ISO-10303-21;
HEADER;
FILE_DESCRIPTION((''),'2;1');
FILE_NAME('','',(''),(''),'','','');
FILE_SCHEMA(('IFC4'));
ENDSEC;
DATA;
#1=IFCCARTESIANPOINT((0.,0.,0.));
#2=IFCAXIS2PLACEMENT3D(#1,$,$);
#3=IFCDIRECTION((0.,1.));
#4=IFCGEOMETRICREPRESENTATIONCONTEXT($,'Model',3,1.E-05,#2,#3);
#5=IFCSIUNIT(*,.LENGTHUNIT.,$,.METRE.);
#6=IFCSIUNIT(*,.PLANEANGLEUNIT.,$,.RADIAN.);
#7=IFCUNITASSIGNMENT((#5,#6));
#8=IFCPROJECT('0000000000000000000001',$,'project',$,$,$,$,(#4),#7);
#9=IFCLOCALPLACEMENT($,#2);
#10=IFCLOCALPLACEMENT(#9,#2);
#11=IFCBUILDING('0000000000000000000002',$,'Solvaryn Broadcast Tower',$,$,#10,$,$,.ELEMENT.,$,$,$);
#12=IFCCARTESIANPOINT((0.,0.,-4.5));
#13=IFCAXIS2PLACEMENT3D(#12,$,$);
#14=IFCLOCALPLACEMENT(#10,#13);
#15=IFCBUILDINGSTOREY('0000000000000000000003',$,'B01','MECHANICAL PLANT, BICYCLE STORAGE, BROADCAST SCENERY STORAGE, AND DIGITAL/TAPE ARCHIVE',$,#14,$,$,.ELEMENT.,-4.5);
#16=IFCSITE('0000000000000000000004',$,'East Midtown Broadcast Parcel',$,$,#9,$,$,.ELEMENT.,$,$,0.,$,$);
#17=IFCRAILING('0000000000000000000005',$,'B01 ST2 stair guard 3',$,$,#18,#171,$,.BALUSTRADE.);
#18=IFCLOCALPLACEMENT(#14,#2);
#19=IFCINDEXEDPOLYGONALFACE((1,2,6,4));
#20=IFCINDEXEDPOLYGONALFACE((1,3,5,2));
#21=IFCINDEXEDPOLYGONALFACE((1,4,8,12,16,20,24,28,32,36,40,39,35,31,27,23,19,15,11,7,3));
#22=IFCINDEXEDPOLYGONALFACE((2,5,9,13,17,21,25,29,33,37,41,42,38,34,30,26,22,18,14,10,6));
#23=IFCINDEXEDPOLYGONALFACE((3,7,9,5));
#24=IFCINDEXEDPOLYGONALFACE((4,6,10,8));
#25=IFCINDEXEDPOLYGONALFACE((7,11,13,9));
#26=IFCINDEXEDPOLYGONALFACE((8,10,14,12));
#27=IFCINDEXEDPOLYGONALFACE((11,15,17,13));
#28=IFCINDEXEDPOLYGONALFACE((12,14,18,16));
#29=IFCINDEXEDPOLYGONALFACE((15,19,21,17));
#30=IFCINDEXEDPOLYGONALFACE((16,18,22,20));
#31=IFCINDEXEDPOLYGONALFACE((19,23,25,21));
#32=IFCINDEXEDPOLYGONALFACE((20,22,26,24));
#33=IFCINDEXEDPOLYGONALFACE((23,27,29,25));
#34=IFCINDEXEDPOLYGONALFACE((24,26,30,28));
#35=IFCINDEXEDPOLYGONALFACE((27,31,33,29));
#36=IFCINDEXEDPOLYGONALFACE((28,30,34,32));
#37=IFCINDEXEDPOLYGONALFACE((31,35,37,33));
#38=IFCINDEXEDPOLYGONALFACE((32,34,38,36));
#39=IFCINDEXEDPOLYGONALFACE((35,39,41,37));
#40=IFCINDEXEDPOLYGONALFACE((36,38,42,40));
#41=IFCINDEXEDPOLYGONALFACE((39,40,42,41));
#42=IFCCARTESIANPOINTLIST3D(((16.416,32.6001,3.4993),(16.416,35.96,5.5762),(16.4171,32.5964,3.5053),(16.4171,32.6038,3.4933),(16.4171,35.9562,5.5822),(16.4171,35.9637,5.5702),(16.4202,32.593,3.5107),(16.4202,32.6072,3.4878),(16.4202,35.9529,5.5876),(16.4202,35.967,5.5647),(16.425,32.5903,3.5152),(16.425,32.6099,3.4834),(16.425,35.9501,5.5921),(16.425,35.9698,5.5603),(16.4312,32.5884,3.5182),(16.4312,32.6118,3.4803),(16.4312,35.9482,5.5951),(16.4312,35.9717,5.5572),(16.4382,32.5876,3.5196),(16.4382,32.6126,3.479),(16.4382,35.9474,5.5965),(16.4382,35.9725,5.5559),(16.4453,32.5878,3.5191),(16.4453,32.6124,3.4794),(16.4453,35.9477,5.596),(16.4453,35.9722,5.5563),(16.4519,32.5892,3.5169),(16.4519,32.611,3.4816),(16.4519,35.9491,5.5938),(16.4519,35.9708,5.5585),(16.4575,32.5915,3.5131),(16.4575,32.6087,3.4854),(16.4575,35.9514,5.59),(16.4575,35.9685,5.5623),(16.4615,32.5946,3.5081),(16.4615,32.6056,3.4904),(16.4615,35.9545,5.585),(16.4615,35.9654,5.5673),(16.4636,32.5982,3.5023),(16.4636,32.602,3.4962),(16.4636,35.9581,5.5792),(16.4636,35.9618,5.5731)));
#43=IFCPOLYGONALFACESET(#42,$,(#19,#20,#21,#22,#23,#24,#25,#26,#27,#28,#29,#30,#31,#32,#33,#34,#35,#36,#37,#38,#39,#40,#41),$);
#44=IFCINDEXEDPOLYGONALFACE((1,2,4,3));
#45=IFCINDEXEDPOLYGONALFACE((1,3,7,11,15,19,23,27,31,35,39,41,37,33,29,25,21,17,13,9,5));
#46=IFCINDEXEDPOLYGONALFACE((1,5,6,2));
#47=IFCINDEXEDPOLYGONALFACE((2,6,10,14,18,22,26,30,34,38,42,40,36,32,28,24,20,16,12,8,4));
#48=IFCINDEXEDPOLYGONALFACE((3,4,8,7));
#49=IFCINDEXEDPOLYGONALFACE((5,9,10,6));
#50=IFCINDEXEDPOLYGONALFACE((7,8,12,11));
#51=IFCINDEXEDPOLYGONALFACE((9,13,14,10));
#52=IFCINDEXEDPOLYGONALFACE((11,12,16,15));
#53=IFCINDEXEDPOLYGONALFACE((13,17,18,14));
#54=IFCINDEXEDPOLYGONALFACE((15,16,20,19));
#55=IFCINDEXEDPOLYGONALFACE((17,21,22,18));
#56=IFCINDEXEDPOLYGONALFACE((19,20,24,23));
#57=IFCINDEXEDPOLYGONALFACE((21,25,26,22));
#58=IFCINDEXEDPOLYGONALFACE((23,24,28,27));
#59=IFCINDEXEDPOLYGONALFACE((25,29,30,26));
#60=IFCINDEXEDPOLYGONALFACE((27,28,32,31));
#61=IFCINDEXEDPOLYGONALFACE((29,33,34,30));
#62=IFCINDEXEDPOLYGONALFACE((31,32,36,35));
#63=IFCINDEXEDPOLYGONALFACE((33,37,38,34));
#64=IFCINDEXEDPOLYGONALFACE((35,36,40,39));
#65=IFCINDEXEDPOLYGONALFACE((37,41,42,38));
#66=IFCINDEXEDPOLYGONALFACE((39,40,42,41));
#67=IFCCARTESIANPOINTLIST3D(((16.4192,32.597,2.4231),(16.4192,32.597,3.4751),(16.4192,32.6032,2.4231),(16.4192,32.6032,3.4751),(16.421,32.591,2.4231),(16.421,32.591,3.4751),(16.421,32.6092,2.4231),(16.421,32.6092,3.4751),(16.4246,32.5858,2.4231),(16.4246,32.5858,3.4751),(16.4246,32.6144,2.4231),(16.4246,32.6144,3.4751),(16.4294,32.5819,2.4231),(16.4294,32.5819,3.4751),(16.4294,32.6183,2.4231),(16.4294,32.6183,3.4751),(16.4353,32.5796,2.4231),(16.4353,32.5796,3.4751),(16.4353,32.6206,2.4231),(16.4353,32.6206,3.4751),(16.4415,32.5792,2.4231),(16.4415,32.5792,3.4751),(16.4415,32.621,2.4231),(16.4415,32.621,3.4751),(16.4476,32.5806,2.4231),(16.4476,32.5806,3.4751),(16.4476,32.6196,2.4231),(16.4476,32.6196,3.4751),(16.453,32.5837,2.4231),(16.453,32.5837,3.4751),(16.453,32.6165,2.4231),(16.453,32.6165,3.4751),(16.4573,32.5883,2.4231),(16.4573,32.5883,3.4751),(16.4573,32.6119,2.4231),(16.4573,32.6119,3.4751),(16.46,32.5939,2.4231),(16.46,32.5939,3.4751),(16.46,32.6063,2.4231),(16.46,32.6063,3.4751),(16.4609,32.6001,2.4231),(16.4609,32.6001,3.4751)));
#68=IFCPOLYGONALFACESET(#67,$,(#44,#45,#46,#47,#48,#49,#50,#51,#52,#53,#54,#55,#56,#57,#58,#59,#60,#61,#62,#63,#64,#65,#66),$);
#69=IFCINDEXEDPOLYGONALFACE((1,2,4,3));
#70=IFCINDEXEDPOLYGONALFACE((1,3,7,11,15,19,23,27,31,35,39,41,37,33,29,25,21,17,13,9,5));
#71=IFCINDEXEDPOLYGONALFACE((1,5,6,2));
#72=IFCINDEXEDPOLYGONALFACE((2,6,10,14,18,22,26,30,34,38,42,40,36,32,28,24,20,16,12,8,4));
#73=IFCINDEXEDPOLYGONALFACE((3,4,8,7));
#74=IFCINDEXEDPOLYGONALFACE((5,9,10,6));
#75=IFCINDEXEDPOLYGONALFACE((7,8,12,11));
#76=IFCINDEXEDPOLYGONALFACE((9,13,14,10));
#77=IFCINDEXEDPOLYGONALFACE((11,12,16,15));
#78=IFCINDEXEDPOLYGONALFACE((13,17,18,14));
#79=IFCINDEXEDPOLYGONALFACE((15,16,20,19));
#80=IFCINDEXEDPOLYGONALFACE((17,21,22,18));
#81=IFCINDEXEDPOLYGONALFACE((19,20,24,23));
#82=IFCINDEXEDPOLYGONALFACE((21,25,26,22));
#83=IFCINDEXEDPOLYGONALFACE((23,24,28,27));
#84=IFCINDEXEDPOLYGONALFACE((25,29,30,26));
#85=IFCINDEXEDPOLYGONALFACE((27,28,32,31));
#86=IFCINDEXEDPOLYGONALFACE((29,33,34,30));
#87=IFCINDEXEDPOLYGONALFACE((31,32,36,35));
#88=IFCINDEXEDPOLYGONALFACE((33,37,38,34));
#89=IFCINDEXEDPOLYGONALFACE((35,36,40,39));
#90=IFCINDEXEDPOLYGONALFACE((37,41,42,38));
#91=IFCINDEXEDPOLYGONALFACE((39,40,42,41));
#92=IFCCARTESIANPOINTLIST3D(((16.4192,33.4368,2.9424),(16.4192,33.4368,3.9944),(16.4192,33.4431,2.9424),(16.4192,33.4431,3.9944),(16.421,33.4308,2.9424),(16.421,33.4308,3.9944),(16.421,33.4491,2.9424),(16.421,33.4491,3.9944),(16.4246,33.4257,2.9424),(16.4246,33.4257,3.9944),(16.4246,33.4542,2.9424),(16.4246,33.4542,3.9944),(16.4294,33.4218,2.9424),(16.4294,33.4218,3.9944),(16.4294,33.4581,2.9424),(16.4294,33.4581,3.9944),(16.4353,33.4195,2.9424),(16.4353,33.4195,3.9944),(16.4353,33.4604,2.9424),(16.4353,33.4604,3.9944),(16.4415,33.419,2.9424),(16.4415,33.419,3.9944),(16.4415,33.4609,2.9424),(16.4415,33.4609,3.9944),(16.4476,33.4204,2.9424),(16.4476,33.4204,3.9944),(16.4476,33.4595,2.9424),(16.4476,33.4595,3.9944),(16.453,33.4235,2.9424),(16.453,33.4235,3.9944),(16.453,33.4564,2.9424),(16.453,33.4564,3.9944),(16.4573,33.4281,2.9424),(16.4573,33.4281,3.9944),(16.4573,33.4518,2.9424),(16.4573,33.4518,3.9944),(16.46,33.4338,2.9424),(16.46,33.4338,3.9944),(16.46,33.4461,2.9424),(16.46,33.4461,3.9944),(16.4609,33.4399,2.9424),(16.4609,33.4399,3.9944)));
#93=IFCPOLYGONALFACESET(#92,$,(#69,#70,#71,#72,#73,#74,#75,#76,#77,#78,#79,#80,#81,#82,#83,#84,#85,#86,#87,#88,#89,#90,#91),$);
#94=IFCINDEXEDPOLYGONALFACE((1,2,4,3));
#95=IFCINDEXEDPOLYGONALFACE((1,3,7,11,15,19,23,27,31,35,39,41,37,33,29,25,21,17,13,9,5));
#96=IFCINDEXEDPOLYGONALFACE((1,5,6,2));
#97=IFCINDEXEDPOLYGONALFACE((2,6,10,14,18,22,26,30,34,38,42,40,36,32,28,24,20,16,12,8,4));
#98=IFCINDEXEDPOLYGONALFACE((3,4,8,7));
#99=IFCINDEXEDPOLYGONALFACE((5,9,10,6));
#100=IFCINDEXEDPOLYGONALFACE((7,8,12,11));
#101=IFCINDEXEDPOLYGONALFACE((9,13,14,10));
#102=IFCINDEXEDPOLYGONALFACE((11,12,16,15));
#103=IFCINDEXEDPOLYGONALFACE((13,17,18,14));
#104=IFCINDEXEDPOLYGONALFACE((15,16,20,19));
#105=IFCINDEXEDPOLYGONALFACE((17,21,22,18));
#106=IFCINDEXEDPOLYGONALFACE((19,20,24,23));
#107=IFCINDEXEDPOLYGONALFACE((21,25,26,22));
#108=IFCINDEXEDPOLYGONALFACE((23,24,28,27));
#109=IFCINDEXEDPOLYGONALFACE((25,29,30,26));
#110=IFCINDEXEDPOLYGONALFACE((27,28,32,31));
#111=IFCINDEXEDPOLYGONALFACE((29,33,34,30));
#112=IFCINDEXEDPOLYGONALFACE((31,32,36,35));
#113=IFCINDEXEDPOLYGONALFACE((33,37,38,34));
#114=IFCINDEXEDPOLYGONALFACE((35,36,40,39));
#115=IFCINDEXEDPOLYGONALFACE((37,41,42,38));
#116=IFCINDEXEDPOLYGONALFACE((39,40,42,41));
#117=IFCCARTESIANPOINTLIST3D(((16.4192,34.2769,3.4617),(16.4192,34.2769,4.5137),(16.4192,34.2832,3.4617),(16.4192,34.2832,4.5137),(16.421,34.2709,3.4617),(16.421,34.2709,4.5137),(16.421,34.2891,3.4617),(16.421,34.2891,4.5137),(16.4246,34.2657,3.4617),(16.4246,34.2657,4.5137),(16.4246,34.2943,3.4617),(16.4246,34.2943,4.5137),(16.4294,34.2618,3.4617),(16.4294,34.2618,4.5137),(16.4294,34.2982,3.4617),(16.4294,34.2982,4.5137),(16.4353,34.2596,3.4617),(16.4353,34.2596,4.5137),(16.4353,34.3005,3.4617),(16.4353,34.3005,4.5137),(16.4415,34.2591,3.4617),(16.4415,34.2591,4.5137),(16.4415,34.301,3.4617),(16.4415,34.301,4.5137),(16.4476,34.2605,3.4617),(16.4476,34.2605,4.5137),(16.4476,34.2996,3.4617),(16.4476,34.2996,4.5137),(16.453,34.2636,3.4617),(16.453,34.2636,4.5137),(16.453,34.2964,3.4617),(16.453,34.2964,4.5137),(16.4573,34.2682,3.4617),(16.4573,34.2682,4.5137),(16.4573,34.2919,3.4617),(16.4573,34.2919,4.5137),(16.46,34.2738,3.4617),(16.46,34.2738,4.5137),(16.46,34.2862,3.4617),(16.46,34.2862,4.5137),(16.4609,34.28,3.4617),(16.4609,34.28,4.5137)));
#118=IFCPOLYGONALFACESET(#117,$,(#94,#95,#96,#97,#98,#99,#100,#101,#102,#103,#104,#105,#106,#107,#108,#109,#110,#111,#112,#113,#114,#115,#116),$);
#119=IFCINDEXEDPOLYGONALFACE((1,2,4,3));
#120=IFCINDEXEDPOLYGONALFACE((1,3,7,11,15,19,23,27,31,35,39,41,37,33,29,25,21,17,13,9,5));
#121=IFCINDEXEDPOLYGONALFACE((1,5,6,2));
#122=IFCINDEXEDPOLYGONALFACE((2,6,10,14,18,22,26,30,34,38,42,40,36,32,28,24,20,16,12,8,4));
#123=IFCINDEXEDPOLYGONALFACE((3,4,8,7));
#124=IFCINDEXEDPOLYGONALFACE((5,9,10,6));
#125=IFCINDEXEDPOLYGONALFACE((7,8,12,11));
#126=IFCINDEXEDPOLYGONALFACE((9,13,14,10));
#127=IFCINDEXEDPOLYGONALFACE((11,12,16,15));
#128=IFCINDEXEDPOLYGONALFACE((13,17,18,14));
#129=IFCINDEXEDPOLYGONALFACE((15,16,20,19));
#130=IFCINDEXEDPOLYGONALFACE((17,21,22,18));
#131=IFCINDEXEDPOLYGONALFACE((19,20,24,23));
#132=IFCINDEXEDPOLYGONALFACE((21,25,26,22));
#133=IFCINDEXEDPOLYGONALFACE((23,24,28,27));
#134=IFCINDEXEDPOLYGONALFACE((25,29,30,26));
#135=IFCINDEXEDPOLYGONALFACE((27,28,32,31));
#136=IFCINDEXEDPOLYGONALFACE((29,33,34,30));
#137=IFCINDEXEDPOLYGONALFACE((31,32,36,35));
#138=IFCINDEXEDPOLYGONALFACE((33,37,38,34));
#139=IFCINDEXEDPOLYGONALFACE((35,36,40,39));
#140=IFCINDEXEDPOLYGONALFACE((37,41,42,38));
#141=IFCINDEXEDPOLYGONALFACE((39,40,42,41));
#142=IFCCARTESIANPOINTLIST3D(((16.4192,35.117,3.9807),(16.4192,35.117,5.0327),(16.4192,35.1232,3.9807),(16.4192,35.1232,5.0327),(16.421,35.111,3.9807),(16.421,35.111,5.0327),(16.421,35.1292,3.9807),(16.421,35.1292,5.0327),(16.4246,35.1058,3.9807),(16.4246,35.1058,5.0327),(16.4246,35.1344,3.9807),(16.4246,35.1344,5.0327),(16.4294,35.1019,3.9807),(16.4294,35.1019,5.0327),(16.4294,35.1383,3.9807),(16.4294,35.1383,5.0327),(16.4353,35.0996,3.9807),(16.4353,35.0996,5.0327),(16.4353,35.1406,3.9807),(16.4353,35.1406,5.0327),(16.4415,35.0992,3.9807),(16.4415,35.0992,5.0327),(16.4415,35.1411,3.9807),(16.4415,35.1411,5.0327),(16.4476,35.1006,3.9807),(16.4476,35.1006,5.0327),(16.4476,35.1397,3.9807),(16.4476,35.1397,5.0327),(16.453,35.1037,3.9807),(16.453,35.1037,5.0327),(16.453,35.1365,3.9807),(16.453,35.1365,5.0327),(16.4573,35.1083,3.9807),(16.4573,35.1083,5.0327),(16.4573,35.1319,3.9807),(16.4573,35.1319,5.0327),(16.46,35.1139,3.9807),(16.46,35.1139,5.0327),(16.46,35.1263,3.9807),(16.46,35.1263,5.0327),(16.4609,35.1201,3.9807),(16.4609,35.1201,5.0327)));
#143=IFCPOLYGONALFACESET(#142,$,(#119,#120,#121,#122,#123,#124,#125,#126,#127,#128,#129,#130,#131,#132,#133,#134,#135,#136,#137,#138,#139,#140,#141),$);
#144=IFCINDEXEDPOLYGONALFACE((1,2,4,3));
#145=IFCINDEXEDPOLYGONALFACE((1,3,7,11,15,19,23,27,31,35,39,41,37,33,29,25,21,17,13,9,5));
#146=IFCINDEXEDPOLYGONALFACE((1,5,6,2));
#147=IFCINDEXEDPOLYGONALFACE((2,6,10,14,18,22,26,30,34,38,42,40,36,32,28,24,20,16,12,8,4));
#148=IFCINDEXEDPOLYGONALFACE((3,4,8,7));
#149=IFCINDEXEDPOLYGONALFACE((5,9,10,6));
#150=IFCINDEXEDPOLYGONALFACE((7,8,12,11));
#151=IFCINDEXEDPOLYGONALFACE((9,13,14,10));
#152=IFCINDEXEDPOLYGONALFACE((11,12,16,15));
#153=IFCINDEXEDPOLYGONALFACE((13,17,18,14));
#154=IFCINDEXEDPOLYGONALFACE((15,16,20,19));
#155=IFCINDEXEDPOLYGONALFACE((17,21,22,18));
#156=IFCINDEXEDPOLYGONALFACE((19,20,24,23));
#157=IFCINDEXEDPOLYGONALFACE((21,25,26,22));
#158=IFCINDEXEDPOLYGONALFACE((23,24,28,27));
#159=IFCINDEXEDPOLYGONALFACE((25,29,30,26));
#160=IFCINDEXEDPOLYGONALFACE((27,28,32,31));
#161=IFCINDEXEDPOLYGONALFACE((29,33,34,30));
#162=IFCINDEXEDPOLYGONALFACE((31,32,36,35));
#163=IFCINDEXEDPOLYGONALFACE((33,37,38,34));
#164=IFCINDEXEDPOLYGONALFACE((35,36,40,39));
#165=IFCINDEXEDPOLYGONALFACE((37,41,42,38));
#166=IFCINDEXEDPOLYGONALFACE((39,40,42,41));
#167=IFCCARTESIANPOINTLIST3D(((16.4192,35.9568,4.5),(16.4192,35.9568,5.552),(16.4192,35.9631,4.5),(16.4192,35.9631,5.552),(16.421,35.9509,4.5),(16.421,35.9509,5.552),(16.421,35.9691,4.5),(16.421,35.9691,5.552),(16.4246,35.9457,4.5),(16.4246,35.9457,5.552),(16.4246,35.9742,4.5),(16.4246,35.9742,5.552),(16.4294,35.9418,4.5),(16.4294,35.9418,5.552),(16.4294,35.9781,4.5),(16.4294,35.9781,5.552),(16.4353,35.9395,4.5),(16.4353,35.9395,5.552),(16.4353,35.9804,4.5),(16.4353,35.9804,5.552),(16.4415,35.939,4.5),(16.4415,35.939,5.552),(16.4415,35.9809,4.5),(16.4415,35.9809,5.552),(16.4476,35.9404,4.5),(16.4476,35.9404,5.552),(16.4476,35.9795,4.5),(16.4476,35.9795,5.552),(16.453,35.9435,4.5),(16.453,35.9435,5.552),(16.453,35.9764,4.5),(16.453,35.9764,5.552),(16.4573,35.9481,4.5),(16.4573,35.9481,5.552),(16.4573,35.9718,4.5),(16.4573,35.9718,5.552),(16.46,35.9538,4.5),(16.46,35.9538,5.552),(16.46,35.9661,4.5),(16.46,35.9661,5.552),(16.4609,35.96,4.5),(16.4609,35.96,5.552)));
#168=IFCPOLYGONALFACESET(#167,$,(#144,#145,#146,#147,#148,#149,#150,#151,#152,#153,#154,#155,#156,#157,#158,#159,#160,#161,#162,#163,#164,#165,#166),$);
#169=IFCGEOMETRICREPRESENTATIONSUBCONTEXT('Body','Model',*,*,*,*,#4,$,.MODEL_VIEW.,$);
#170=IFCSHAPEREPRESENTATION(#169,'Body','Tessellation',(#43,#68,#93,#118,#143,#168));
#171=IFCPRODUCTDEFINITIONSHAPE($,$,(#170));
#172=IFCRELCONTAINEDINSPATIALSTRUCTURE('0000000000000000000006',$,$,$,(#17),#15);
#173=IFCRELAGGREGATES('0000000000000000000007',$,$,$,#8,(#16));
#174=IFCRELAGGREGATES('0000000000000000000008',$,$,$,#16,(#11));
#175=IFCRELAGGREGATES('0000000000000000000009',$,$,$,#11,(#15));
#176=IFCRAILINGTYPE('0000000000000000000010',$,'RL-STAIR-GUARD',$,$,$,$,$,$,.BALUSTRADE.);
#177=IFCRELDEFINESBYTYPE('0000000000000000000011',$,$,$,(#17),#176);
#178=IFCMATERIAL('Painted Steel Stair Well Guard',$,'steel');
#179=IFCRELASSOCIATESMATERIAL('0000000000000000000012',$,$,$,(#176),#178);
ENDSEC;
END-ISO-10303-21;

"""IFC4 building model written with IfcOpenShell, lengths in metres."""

from ifc_helpers import new_model, si_unit, direction, frame, origin, origin_2d, place, context, subcontext, project, spatial, circle, extrude, material, type_object, element, save


model = new_model("IFC4")

# Units and contexts
model_context = context("Model", 3, precision=1e-05, world=origin(), true_north=direction((0.0, 1.0)))
body_context = subcontext(model_context, "Body", "Model", "MODEL_VIEW")
ifc_project = project(units=[si_unit("LENGTHUNIT", "METRE"), si_unit("PLANEANGLEUNIT", "RADIAN")], contexts=[model_context])

# Site, building, storey
site_placement = place(None, origin())
site = spatial("IfcSite", under=ifc_project, at=site_placement, Name="East Midtown Broadcast Parcel", CompositionType="ELEMENT", RefElevation=0.0)
building_placement = place(site_placement, origin())
building = spatial("IfcBuilding", under=site, at=building_placement, Name="Solvaryn Broadcast Tower", CompositionType="ELEMENT")
storey_placement = place(building_placement, frame((0.0, 0.0, -4.5)))
storey = spatial("IfcBuildingStorey", under=building, at=storey_placement, Name="B01", Description="MECHANICAL PLANT, BICYCLE STORAGE, BROADCAST SCENERY STORAGE, AND DIGITAL/TAPE ARCHIVE", CompositionType="ELEMENT", Elevation=-4.5)

# Railing
ifc_material_1 = material(Name="Painted Steel Stair Well Guard", Category="steel")
railing_type_1 = type_object("IfcRailingType", Name="RL-STAIR-GUARD", PredefinedType="BALUSTRADE", material=ifc_material_1)
railing_1_placement = place(storey_placement, frame((16.4399, 32.6001, 2.4231)))
element("IfcRailing", 1, at=railing_1_placement, inside=storey, type_object=railing_type_1, Name="B01 ST2 stair guard 3", PredefinedType="BALUSTRADE", context=body_context, shape_type="SweptSolid", body=[
    extrude(circle(Radius=0.0239, at=origin_2d()), frame((0.0, 0.0, 1.0762), z_axis=(0.0, 0.850606, 0.525803), x_axis=(-1.0, 0.0, 0.0)), (0.0, 0.0, 1.0), 3.95),
    extrude(circle(Radius=0.021, at=origin_2d()), origin(), (0.0, 0.0, 1.0), 1.052),
    extrude(circle(Radius=0.021, at=origin_2d()), frame((0.0, 0.8398, 0.5193)), (0.0, 0.0, 1.0), 1.052),
    extrude(circle(Radius=0.021, at=origin_2d()), frame((0.0, 1.6799, 1.0386)), (0.0, 0.0, 1.0), 1.052),
    extrude(circle(Radius=0.021, at=origin_2d()), frame((0.0, 2.52, 1.5576)), (0.0, 0.0, 1.0), 1.052),
    extrude(circle(Radius=0.021, at=origin_2d()), frame((0.0, 3.3599, 2.0769)), (0.0, 0.0, 1.0), 1.052),
])

save(model, "model.ifc")
